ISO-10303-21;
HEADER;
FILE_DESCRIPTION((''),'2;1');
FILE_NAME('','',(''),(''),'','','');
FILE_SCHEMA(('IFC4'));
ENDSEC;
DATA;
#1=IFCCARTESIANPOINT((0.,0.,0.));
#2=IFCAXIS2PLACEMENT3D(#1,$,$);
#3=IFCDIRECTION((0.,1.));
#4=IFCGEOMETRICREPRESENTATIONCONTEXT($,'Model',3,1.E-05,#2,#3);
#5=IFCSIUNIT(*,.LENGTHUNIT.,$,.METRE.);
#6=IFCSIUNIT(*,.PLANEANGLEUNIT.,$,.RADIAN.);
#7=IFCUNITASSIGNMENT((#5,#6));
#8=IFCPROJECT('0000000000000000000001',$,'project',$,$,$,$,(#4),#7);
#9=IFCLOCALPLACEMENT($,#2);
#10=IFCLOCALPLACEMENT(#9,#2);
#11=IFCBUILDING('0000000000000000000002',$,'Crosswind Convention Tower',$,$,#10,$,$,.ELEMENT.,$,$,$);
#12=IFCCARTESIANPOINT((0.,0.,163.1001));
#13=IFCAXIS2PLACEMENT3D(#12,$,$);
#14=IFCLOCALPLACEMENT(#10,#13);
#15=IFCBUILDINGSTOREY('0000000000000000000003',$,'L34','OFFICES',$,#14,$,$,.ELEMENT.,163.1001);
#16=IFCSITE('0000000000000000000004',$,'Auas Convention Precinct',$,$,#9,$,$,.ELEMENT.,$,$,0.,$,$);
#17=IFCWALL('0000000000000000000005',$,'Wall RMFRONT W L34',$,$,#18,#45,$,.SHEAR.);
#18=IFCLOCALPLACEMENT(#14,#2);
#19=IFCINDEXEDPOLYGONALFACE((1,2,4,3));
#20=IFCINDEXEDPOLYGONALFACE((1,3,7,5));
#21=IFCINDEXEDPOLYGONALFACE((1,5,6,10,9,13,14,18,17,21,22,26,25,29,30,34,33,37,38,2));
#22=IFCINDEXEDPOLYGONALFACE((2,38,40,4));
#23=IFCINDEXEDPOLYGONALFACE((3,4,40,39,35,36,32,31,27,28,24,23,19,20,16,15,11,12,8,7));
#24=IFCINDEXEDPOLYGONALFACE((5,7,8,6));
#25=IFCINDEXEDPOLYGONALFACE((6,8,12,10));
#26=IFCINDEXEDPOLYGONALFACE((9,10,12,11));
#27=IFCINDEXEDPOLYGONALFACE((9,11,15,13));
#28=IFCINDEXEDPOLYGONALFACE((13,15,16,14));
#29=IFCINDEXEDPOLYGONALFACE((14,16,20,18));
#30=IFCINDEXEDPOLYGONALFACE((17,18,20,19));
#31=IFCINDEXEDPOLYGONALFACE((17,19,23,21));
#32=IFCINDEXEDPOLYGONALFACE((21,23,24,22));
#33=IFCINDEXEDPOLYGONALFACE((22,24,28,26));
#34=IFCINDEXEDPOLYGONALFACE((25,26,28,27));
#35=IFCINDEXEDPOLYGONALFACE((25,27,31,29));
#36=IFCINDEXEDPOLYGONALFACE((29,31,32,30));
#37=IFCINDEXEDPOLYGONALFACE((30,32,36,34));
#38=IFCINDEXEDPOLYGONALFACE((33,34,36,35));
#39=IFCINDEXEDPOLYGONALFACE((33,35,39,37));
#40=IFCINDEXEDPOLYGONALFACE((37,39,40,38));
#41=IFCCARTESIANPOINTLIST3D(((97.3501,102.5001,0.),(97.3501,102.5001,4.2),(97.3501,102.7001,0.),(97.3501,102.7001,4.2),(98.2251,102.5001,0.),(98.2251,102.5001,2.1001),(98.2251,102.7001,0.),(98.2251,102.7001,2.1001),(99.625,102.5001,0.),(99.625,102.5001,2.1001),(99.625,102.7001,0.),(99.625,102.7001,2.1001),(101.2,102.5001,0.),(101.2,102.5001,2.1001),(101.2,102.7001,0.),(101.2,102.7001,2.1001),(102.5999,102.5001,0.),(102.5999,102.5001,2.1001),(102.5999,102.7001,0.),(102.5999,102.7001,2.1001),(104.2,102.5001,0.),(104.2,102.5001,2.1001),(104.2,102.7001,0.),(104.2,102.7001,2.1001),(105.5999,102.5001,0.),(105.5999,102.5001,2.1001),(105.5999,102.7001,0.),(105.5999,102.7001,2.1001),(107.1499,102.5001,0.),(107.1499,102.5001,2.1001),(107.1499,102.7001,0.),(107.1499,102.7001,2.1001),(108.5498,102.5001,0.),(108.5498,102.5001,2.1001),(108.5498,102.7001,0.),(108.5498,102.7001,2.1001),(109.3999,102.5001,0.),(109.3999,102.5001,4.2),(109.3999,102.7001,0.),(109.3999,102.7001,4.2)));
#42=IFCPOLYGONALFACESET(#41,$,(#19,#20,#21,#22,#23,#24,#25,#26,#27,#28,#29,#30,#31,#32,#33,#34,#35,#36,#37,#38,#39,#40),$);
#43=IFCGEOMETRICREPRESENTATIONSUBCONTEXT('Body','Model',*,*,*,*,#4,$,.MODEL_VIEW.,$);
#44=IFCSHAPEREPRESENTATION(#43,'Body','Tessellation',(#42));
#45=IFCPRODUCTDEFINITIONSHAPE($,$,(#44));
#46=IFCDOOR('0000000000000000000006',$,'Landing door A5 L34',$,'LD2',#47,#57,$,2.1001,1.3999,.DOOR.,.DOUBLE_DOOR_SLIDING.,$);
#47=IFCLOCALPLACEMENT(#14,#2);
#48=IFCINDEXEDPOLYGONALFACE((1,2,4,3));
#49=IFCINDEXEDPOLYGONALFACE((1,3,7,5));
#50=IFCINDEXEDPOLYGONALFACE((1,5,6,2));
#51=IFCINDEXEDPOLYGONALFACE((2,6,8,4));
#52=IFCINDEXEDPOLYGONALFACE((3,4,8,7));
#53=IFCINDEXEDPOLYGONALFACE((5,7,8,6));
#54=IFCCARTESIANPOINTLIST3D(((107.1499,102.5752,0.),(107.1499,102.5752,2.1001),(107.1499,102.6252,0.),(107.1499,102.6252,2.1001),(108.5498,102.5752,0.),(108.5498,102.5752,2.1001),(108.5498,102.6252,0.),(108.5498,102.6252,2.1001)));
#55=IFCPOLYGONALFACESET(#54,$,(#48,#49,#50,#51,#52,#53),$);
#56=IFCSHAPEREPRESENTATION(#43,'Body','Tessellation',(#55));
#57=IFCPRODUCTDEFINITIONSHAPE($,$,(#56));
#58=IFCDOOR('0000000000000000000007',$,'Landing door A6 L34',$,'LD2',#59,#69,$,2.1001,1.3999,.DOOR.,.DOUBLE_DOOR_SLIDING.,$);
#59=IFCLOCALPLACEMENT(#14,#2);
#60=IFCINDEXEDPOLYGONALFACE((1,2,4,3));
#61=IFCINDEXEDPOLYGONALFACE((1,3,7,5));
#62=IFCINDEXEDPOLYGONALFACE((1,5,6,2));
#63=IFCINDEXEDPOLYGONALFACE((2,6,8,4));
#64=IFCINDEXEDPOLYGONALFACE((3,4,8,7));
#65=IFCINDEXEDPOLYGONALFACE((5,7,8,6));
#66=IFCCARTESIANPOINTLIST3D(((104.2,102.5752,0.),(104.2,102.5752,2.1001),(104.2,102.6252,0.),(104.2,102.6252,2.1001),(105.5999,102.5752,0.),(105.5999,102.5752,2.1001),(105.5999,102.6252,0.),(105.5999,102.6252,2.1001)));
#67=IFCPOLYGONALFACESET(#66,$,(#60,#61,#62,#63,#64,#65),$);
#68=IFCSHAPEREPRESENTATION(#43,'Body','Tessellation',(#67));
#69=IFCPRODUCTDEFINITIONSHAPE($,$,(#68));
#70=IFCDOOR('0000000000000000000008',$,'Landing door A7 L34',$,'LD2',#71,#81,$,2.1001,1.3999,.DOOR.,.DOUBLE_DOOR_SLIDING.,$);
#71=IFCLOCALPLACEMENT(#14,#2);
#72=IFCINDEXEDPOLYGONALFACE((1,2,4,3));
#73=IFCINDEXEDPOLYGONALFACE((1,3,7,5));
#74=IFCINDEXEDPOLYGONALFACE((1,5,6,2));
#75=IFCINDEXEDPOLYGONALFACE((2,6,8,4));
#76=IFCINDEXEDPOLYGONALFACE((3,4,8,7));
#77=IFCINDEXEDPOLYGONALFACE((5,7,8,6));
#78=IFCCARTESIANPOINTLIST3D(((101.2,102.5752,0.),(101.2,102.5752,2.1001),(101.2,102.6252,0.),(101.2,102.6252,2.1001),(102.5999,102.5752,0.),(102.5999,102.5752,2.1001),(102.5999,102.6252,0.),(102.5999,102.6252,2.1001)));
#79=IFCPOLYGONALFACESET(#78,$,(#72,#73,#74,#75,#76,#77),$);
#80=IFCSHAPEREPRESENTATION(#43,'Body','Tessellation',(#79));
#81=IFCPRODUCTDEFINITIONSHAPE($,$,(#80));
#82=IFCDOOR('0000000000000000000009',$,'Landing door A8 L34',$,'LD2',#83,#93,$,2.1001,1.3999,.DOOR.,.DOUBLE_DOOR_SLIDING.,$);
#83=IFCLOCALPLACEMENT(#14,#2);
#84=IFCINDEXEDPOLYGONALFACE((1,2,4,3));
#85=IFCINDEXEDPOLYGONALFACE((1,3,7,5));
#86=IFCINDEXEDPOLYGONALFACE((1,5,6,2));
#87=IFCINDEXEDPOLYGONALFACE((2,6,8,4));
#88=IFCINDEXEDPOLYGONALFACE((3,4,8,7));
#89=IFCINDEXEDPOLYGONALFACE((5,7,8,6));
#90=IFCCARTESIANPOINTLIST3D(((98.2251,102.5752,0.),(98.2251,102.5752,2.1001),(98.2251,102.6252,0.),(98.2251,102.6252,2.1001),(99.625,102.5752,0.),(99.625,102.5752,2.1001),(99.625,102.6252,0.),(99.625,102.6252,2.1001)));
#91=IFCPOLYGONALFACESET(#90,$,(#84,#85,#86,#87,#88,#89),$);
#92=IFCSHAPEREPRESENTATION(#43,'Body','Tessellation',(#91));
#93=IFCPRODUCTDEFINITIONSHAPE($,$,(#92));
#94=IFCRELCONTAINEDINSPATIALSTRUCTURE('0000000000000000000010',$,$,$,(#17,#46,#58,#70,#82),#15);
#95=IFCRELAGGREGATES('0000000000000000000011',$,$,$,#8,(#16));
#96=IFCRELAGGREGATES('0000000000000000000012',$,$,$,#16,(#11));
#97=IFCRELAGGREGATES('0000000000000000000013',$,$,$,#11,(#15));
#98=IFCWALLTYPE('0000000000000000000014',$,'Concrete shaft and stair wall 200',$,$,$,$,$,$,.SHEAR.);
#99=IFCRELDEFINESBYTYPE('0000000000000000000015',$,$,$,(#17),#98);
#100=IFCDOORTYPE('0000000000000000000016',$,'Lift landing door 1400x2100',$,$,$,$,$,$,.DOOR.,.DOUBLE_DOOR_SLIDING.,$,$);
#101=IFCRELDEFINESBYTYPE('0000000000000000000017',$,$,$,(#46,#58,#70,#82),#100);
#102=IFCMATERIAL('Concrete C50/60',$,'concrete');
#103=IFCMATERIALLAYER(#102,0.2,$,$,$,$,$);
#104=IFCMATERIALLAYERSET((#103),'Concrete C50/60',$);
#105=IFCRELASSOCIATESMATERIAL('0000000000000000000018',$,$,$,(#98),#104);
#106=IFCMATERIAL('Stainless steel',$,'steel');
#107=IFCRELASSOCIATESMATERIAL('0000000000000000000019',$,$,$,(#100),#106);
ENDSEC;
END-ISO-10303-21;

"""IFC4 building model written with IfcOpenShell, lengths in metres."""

from ifc_helpers import new_model, si_unit, direction, frame, frame_2d, origin, place, context, subcontext, project, spatial, rectangle, extrude, material, layer, layer_set, type_object, element, fill, save


model = new_model("IFC4")

# Units and contexts
model_context = context("Model", 3, precision=1e-05, world=origin(), true_north=direction((0.0, 1.0)))
body_context = subcontext(model_context, "Body", "Model", "MODEL_VIEW")
ifc_project = project(units=[si_unit("LENGTHUNIT", "METRE"), si_unit("PLANEANGLEUNIT", "RADIAN")], contexts=[model_context])

# Site, building, storey
site_placement = place(None, origin())
site = spatial("IfcSite", under=ifc_project, at=site_placement, Name="Auas Convention Precinct", CompositionType="ELEMENT", RefElevation=0.0)
building_placement = place(site_placement, origin())
building = spatial("IfcBuilding", under=site, at=building_placement, Name="Crosswind Convention Tower", CompositionType="ELEMENT")
storey_placement = place(building_placement, frame((0.0, 0.0, 163.1001)))
storey = spatial("IfcBuildingStorey", under=building, at=storey_placement, Name="L34", Description="OFFICES", CompositionType="ELEMENT", Elevation=163.1001)

# Shared definitions
ifc_material_1 = material(Name="Concrete C50/60", Category="concrete")
ifc_layer_1 = layer(ifc_material_1, 0.2)
ifc_layer_set_1 = layer_set([ifc_layer_1], Name="Concrete C50/60")
wall_type_1 = type_object("IfcWallType", Name="Concrete shaft and stair wall 200", PredefinedType="SHEAR", material=ifc_layer_set_1)

# Wall, openings, doors
wall_1_placement = place(storey_placement, frame((109.3999, 102.6001, 0.0), z_axis=(0.0, 0.0, 1.0), x_axis=(-1.0, 0.0, 0.0)))
wall_1 = element("IfcWall", 1, at=wall_1_placement, inside=storey, type_object=wall_type_1, Name="Wall RMFRONT W L34", PredefinedType="SHEAR", context=body_context, shape_type="SweptSolid", body=[
    extrude(rectangle(XDim=12.0498, YDim=0.2, at=frame_2d((6.0249, 0.0))), origin(), (0.0, 0.0, 1.0), 4.2),
])
opening_1_placement = place(wall_1_placement, frame((0.8501, 0.0, 0.0)))
opening_1 = element("IfcOpeningElement", 2, at=opening_1_placement, cuts=wall_1, PredefinedType="OPENING", context=body_context, shape_type="SweptSolid", body=[
    extrude(rectangle(XDim=1.3999, YDim=2.1001, at=frame_2d((0.7, 1.05))), frame((0.0, 0.1099, 0.0), z_axis=(0.0, -1.0, 0.0), x_axis=(1.0, 0.0, 0.0)), (0.0, 0.0, 1.0), 0.22),
])
opening_2_placement = place(wall_1_placement, frame((3.8, 0.0, 0.0)))
opening_2 = element("IfcOpeningElement", 3, at=opening_2_placement, cuts=wall_1, PredefinedType="OPENING", context=body_context, shape_type="SweptSolid", body=[
    extrude(rectangle(XDim=1.3999, YDim=2.1001, at=frame_2d((0.7, 1.05))), frame((0.0, 0.1099, 0.0), z_axis=(0.0, -1.0, 0.0), x_axis=(1.0, 0.0, 0.0)), (0.0, 0.0, 1.0), 0.22),
])
opening_3_placement = place(wall_1_placement, frame((6.8, 0.0, 0.0)))
opening_3 = element("IfcOpeningElement", 4, at=opening_3_placement, cuts=wall_1, PredefinedType="OPENING", context=body_context, shape_type="SweptSolid", body=[
    extrude(rectangle(XDim=1.3999, YDim=2.1001, at=frame_2d((0.7, 1.05))), frame((0.0, 0.1099, 0.0), z_axis=(0.0, -1.0, 0.0), x_axis=(1.0, 0.0, 0.0)), (0.0, 0.0, 1.0), 0.22),
])
opening_4_placement = place(wall_1_placement, frame((9.7749, 0.0, 0.0)))
opening_4 = element("IfcOpeningElement", 5, at=opening_4_placement, cuts=wall_1, PredefinedType="OPENING", context=body_context, shape_type="SweptSolid", body=[
    extrude(rectangle(XDim=1.3999, YDim=2.1001, at=frame_2d((0.7, 1.05))), frame((0.0, 0.1099, 0.0), z_axis=(0.0, -1.0, 0.0), x_axis=(1.0, 0.0, 0.0)), (0.0, 0.0, 1.0), 0.22),
])
ifc_material_2 = material(Name="Stainless steel", Category="steel")
door_type_1 = type_object("IfcDoorType", Name="Lift landing door 1400x2100", OperationType="DOUBLE_DOOR_SLIDING", PredefinedType="DOOR", material=ifc_material_2)
door_1_placement = place(opening_1_placement, origin())
door_1 = element("IfcDoor", 6, at=door_1_placement, inside=storey, type_object=door_type_1, Name="Landing door A5 L34", ObjectType="LD2", OperationType="DOUBLE_DOOR_SLIDING", OverallHeight=2.1001, OverallWidth=1.3999, PredefinedType="DOOR", context=body_context, shape_type="SweptSolid", body=[
    extrude(rectangle(XDim=1.3999, YDim=2.1001, at=frame_2d((0.7, 1.05))), frame((0.0, 0.0249, 0.0), z_axis=(0.0, -1.0, 0.0), x_axis=(1.0, 0.0, 0.0)), (0.0, 0.0, 1.0), 0.05),
])
fill(opening_1, door_1)
door_2_placement = place(opening_2_placement, origin())
door_2 = element("IfcDoor", 7, at=door_2_placement, inside=storey, type_object=door_type_1, Name="Landing door A6 L34", ObjectType="LD2", OperationType="DOUBLE_DOOR_SLIDING", OverallHeight=2.1001, OverallWidth=1.3999, PredefinedType="DOOR", context=body_context, shape_type="SweptSolid", body=[
    extrude(rectangle(XDim=1.3999, YDim=2.1001, at=frame_2d((0.7, 1.05))), frame((0.0, 0.0249, 0.0), z_axis=(0.0, -1.0, 0.0), x_axis=(1.0, 0.0, 0.0)), (0.0, 0.0, 1.0), 0.05),
])
fill(opening_2, door_2)
door_3_placement = place(opening_3_placement, origin())
door_3 = element("IfcDoor", 8, at=door_3_placement, inside=storey, type_object=door_type_1, Name="Landing door A7 L34", ObjectType="LD2", OperationType="DOUBLE_DOOR_SLIDING", OverallHeight=2.1001, OverallWidth=1.3999, PredefinedType="DOOR", context=body_context, shape_type="SweptSolid", body=[
    extrude(rectangle(XDim=1.3999, YDim=2.1001, at=frame_2d((0.7, 1.05))), frame((0.0, 0.0249, 0.0), z_axis=(0.0, -1.0, 0.0), x_axis=(1.0, 0.0, 0.0)), (0.0, 0.0, 1.0), 0.05),
])
fill(opening_3, door_3)
door_4_placement = place(opening_4_placement, origin())
door_4 = element("IfcDoor", 9, at=door_4_placement, inside=storey, type_object=door_type_1, Name="Landing door A8 L34", ObjectType="LD2", OperationType="DOUBLE_DOOR_SLIDING", OverallHeight=2.1001, OverallWidth=1.3999, PredefinedType="DOOR", context=body_context, shape_type="SweptSolid", body=[
    extrude(rectangle(XDim=1.3999, YDim=2.1001, at=frame_2d((0.7, 1.05))), frame((0.0, 0.0249, 0.0), z_axis=(0.0, -1.0, 0.0), x_axis=(1.0, 0.0, 0.0)), (0.0, 0.0, 1.0), 0.05),
])
fill(opening_4, door_4)

save(model, "model.ifc")
